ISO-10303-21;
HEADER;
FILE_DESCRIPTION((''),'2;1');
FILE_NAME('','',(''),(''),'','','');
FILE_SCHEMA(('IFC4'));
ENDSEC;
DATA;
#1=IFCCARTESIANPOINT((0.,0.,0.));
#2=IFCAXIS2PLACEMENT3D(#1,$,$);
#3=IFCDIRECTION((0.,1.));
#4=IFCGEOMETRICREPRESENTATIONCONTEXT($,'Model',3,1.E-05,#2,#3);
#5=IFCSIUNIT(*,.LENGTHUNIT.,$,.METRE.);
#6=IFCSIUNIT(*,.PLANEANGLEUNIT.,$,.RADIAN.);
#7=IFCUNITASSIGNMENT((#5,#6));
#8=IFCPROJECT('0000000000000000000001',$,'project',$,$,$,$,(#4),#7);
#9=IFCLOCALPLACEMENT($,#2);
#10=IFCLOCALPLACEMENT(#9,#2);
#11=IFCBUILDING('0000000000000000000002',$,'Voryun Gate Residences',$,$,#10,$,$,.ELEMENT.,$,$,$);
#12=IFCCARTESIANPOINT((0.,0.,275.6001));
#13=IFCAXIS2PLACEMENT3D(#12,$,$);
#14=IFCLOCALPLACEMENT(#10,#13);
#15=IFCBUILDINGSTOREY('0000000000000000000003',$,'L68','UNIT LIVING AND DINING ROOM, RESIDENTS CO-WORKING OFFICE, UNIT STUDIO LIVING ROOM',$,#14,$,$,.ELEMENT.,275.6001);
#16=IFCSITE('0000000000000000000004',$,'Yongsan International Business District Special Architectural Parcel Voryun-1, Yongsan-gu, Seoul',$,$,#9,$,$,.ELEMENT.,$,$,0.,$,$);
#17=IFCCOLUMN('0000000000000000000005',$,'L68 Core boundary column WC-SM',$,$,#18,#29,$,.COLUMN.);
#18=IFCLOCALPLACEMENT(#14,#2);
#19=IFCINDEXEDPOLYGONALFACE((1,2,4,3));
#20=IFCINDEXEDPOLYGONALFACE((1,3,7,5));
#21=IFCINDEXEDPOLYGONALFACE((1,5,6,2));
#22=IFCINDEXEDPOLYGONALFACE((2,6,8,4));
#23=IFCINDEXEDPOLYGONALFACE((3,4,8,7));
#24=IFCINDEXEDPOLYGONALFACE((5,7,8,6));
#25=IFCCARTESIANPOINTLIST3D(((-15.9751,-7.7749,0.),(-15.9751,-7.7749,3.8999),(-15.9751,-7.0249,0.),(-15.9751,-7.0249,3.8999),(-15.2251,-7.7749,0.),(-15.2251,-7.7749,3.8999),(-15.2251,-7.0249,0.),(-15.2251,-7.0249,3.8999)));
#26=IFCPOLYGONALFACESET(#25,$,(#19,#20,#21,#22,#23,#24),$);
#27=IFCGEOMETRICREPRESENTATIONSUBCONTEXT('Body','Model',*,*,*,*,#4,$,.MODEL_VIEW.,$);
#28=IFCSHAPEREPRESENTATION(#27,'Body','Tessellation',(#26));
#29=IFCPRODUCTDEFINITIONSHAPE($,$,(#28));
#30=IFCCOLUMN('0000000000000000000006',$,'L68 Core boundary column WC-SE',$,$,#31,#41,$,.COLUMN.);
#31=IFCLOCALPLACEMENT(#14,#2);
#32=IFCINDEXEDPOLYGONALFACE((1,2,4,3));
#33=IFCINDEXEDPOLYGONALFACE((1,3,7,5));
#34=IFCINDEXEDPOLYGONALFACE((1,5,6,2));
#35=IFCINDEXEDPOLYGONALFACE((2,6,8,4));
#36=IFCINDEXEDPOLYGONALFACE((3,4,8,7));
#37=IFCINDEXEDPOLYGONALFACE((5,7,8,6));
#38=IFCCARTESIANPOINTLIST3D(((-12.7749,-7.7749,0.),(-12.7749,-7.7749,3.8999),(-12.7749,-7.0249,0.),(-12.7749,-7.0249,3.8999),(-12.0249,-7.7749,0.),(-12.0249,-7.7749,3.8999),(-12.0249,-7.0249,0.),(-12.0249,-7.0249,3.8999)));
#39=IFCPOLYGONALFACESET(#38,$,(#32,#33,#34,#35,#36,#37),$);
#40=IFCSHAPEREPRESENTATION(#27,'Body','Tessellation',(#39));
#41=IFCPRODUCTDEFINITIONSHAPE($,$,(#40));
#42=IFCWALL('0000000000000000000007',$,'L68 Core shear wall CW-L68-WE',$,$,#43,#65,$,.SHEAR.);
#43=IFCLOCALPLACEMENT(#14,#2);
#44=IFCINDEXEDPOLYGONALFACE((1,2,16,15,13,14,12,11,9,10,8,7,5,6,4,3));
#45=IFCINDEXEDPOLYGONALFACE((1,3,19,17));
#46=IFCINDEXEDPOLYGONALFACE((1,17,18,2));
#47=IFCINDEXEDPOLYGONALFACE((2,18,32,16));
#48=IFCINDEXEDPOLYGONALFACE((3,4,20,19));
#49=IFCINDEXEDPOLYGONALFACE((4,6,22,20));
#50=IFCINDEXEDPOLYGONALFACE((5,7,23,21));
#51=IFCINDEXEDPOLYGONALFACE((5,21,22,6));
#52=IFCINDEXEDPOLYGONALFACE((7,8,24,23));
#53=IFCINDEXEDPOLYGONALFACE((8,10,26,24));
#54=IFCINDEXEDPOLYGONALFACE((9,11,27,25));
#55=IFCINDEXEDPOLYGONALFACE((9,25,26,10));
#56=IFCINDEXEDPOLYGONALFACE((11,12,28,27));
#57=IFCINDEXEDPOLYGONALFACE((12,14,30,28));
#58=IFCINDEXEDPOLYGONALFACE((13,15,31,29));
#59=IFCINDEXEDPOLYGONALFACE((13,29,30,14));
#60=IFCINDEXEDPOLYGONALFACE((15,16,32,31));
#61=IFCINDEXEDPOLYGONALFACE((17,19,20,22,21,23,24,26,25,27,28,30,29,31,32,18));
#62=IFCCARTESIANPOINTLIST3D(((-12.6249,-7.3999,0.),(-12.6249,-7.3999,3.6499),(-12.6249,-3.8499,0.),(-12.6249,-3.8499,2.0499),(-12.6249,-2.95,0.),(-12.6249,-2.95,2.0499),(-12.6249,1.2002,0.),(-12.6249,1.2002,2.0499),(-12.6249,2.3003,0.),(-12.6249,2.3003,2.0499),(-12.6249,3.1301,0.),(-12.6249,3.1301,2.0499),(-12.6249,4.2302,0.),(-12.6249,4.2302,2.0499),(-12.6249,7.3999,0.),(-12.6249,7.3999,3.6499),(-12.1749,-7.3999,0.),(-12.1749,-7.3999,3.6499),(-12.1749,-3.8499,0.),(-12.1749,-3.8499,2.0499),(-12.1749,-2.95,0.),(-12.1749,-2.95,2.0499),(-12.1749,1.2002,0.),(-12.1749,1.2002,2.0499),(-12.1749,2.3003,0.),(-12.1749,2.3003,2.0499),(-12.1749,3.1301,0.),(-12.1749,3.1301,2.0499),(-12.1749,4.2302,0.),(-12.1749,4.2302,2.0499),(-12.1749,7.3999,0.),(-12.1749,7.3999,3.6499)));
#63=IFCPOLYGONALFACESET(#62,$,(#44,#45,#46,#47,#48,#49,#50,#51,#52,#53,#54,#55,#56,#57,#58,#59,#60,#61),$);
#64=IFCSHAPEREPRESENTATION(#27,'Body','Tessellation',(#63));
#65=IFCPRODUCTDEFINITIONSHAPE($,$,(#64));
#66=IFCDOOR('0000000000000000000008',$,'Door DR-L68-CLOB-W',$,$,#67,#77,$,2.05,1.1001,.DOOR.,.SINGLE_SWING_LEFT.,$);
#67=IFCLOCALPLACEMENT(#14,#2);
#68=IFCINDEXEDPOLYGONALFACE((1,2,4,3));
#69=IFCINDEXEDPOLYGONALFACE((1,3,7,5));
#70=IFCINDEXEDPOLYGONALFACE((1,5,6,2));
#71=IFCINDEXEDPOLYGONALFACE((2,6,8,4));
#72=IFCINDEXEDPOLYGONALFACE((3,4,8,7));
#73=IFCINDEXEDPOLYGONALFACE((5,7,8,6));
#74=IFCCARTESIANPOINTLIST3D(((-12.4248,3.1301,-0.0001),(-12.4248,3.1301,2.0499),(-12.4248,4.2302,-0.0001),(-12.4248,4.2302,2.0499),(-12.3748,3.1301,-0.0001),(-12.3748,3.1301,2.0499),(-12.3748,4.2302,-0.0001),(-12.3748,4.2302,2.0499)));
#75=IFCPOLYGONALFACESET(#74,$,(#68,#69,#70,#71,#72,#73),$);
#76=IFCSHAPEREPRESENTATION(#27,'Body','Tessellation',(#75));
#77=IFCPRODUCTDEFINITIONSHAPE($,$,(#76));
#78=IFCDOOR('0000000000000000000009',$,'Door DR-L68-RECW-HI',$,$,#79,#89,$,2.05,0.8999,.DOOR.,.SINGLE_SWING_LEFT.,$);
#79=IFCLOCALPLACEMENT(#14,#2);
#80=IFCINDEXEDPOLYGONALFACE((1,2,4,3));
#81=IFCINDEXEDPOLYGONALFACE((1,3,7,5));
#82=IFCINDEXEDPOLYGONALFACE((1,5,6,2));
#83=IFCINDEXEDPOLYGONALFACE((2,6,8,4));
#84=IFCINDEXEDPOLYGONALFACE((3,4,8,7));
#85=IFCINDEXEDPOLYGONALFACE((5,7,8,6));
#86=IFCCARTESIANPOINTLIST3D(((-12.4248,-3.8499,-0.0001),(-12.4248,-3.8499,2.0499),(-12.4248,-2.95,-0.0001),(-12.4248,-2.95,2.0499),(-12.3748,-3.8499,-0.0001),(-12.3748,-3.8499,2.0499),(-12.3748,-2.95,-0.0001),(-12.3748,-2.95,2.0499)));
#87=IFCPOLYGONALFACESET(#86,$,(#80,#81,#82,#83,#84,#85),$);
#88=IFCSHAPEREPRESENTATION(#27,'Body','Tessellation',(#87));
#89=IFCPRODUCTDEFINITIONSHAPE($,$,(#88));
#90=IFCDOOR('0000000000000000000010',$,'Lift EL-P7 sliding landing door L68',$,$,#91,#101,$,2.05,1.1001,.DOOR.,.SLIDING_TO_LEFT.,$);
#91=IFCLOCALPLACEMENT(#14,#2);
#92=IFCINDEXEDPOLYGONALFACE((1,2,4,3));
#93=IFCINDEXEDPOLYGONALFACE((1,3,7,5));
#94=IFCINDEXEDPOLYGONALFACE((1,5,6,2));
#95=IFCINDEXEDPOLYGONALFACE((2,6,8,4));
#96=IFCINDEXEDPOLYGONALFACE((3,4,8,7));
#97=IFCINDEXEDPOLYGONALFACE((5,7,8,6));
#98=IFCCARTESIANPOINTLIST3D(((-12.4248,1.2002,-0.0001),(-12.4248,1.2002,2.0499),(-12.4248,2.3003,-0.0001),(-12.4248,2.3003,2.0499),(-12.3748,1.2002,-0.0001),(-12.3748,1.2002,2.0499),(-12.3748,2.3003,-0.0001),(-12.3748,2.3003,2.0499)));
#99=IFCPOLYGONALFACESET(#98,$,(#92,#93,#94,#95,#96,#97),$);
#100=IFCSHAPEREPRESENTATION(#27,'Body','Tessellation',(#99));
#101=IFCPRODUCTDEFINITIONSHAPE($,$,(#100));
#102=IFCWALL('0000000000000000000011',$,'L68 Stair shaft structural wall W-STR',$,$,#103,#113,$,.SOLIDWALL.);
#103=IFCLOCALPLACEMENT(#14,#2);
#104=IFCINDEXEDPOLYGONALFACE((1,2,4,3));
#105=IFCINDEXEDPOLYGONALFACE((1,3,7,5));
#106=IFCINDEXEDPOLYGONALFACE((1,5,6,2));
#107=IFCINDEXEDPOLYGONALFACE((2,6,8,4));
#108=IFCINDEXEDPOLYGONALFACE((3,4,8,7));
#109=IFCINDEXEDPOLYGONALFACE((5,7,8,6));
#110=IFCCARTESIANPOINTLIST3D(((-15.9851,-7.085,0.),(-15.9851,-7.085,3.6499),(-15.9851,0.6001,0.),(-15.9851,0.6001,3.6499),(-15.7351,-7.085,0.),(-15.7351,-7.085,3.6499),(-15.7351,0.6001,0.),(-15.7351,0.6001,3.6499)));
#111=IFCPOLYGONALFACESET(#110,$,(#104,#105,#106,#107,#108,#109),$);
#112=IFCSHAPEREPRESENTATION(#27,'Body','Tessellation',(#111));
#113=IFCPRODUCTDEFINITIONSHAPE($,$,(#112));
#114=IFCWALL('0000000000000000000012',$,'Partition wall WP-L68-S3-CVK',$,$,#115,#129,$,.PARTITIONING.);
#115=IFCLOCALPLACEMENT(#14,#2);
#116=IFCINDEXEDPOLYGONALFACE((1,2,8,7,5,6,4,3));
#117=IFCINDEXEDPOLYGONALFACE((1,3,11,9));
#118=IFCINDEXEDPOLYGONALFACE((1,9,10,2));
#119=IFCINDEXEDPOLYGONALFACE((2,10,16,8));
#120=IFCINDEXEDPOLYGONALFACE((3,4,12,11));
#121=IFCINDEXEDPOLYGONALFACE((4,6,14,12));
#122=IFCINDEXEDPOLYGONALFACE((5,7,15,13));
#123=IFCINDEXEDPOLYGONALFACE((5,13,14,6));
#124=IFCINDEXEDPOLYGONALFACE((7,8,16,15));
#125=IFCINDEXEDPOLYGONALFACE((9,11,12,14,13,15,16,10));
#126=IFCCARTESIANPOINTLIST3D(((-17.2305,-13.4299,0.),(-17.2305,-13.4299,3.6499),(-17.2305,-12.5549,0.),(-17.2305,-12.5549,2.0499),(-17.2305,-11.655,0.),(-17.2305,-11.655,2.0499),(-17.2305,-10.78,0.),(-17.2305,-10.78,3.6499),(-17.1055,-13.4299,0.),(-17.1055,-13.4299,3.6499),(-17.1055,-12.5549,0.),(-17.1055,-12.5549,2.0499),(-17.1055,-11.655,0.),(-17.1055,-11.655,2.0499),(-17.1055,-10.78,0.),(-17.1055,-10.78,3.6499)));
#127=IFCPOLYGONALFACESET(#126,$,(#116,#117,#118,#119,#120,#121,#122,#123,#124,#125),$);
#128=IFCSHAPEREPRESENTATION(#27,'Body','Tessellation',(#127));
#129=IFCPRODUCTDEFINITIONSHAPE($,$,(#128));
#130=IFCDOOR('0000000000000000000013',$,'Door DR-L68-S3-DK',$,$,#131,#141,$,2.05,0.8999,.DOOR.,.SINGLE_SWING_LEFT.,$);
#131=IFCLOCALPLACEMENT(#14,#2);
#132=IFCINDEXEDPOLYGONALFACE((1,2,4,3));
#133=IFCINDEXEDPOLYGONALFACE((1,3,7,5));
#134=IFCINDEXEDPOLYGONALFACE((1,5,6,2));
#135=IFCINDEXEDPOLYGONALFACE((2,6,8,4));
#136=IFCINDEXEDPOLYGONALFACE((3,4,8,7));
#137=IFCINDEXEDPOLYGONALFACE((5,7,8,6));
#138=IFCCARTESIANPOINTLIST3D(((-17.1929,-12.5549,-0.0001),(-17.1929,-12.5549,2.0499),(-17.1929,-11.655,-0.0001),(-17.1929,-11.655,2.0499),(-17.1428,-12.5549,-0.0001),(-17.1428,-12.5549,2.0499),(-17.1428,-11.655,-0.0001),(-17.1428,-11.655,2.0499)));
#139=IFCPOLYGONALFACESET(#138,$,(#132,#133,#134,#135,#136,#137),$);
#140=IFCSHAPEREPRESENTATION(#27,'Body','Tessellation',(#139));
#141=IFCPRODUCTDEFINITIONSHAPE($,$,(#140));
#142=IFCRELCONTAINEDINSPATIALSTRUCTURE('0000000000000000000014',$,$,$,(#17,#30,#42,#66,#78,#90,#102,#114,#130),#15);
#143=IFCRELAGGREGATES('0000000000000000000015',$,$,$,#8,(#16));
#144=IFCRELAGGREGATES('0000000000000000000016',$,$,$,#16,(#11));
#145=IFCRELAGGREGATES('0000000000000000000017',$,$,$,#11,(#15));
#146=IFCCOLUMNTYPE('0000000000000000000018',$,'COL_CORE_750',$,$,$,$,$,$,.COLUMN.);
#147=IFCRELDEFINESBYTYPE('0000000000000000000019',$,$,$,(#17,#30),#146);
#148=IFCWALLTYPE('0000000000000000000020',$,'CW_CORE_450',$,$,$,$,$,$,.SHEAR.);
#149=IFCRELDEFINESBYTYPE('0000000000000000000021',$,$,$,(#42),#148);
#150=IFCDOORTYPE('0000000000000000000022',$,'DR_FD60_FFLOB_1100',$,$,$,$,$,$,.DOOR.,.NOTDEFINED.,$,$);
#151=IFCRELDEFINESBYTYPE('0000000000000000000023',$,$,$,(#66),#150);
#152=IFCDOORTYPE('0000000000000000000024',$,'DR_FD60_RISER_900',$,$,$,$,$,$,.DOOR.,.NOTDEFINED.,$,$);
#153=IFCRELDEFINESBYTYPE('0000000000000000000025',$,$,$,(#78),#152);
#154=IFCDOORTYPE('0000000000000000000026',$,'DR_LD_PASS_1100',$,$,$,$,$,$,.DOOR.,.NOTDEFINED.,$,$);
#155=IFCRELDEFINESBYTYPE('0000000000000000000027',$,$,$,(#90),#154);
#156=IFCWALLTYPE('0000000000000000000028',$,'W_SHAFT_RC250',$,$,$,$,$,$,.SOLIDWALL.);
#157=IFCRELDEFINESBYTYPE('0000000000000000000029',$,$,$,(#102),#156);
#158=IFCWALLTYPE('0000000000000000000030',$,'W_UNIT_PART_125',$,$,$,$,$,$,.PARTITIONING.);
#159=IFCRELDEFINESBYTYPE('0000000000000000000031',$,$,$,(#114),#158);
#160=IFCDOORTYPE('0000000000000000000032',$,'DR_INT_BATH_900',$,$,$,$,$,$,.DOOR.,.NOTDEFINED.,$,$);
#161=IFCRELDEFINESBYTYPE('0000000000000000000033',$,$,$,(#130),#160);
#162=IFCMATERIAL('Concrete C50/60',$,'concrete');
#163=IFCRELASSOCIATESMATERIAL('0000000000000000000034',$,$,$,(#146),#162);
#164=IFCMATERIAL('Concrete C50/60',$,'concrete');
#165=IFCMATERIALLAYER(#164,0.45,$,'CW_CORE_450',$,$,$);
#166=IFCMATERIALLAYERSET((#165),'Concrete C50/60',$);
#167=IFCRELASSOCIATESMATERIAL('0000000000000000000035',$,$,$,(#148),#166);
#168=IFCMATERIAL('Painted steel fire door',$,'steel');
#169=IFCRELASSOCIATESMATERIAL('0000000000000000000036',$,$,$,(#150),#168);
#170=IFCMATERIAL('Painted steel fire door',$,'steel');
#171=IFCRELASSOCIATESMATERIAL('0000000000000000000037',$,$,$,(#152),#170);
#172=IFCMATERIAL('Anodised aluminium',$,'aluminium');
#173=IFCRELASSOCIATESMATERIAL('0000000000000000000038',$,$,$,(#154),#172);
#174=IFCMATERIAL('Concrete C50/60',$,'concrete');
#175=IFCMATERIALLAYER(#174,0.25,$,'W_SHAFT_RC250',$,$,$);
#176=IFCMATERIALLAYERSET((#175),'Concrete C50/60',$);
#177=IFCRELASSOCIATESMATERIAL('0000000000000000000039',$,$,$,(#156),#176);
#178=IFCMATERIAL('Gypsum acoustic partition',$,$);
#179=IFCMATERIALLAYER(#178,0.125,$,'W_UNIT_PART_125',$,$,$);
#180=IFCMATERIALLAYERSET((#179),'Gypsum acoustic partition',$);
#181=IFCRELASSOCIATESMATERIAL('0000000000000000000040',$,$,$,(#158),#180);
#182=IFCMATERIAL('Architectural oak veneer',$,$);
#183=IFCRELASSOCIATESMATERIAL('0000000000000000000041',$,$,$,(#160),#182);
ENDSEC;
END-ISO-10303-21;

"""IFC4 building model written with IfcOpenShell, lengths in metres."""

from ifc_helpers import new_model, si_unit, direction, frame, frame_2d, origin, origin_2d, place, context, subcontext, project, spatial, rectangle, extrude, material, layer, layer_set, material_profile, profile_set, type_object, element, fill, save


model = new_model("IFC4")

# Units and contexts
model_context = context("Model", 3, precision=1e-05, world=origin(), true_north=direction((0.0, 1.0)))
body_context = subcontext(model_context, "Body", "Model", "MODEL_VIEW")
ifc_project = project(units=[si_unit("LENGTHUNIT", "METRE"), si_unit("PLANEANGLEUNIT", "RADIAN")], contexts=[model_context])

# Site, building, storey
site_placement = place(None, origin())
site = spatial("IfcSite", under=ifc_project, at=site_placement, Name="Yongsan International Business District Special Architectural Parcel Voryun-1, Yongsan-gu, Seoul", CompositionType="ELEMENT", RefElevation=0.0)
building_placement = place(site_placement, origin())
building = spatial("IfcBuilding", under=site, at=building_placement, Name="Voryun Gate Residences", CompositionType="ELEMENT")
storey_placement = place(building_placement, frame((0.0, 0.0, 275.6001)))
storey = spatial("IfcBuildingStorey", under=building, at=storey_placement, Name="L68", Description="UNIT LIVING AND DINING ROOM, RESIDENTS CO-WORKING OFFICE, UNIT STUDIO LIVING ROOM", CompositionType="ELEMENT", Elevation=275.6001)

# Columns
ifc_material_1 = material(Name="Concrete C50/60", Category="concrete")
ifc_material_profile = material_profile(ifc_material_1, rectangle(XDim=0.75, YDim=0.75, at=origin_2d()), Name="RC-750x750")
ifc_profile_set = profile_set([ifc_material_profile], Name="Concrete C50/60")
column_type = type_object("IfcColumnType", Name="COL_CORE_750", PredefinedType="COLUMN", material=ifc_profile_set)
for number, where, z_axis, x_axis, name in (
    (1, (-15.6001, -7.3999, 0.0), (0.0, 0.0, 1.0), (1.0, 0.0, 0.0), "L68 Core boundary column WC-SM"),
    (2, (-12.3999, -7.3999, 0.0), (0.0, 0.0, 1.0), (1.0, 0.0, 0.0), "L68 Core boundary column WC-SE"),
):
    element("IfcColumn", number, at=place(storey_placement, frame(where, z_axis=z_axis, x_axis=x_axis)), inside=storey, type_object=column_type, Name=name, PredefinedType="COLUMN", context=body_context, shape_type="SweptSolid", body=[
        extrude(rectangle(XDim=0.75, YDim=0.75, at=origin_2d()), origin(), (0.0, 0.0, 1.0), 3.8999),
    ])

# Wall, openings, doors
ifc_material_2 = material(Name="Concrete C50/60", Category="concrete")
ifc_layer_1 = layer(ifc_material_2, 0.45, Name="CW_CORE_450")
ifc_layer_set_1 = layer_set([ifc_layer_1], Name="Concrete C50/60")
wall_type_1 = type_object("IfcWallType", Name="CW_CORE_450", PredefinedType="SHEAR", material=ifc_layer_set_1)
wall_1_placement = place(storey_placement, frame((-12.3999, -7.3999, 0.0), z_axis=(0.0, 0.0, 1.0), x_axis=(0.0, 1.0, 0.0)))
wall_1 = element("IfcWall", 3, at=wall_1_placement, inside=storey, type_object=wall_type_1, Name="L68 Core shear wall CW-L68-WE", PredefinedType="SHEAR", context=body_context, shape_type="SweptSolid", body=[
    extrude(rectangle(XDim=14.7998, YDim=0.45, at=frame_2d((7.3999, 0.0))), origin(), (0.0, 0.0, 1.0), 3.6499),
])
opening_1_placement = place(wall_1_placement, frame((8.6001, 0.0, 0.0)))
opening_1 = element("IfcOpeningElement", 4, at=opening_1_placement, cuts=wall_1, PredefinedType="OPENING", context=body_context, shape_type="SweptSolid", body=[
    extrude(rectangle(XDim=1.1001, YDim=2.05, at=frame_2d((0.55, 1.0249))), frame((0.0, 0.2351, 0.0), z_axis=(0.0, -1.0, 0.0), x_axis=(1.0, 0.0, 0.0)), (0.0, 0.0, 1.0), 0.47),
])
opening_2_placement = place(wall_1_placement, frame((10.53, 0.0, 0.0)))
opening_2 = element("IfcOpeningElement", 5, at=opening_2_placement, cuts=wall_1, PredefinedType="OPENING", context=body_context, shape_type="SweptSolid", body=[
    extrude(rectangle(XDim=1.1001, YDim=2.05, at=frame_2d((0.55, 1.0249))), frame((0.0, 0.2351, 0.0), z_axis=(0.0, -1.0, 0.0), x_axis=(1.0, 0.0, 0.0)), (0.0, 0.0, 1.0), 0.47),
])
opening_3_placement = place(wall_1_placement, frame((3.55, 0.0, 0.0)))
opening_3 = element("IfcOpeningElement", 6, at=opening_3_placement, cuts=wall_1, PredefinedType="OPENING", context=body_context, shape_type="SweptSolid", body=[
    extrude(rectangle(XDim=0.8999, YDim=2.05, at=frame_2d((0.45, 1.0249))), frame((0.0, 0.2351, 0.0), z_axis=(0.0, -1.0, 0.0), x_axis=(1.0, 0.0, 0.0)), (0.0, 0.0, 1.0), 0.47),
])
ifc_material_3 = material(Name="Painted steel fire door", Category="steel")
door_type_1 = type_object("IfcDoorType", Name="DR_FD60_FFLOB_1100", OperationType="NOTDEFINED", PredefinedType="DOOR", material=ifc_material_3)
door_1_placement = place(opening_2_placement, origin())
door_1 = element("IfcDoor", 7, at=door_1_placement, inside=storey, type_object=door_type_1, Name="Door DR-L68-CLOB-W", OperationType="SINGLE_SWING_LEFT", OverallHeight=2.05, OverallWidth=1.1001, PredefinedType="DOOR", context=body_context, shape_type="SweptSolid", body=[
    extrude(rectangle(XDim=1.1001, YDim=2.05, at=frame_2d((0.55, 1.0249))), frame((0.0, 0.0249, 0.0), z_axis=(0.0, -1.0, 0.0), x_axis=(1.0, 0.0, 0.0)), (0.0, 0.0, 1.0), 0.05),
])
fill(opening_2, door_1)
ifc_material_4 = material(Name="Painted steel fire door", Category="steel")
door_type_2 = type_object("IfcDoorType", Name="DR_FD60_RISER_900", OperationType="NOTDEFINED", PredefinedType="DOOR", material=ifc_material_4)
door_2_placement = place(opening_3_placement, origin())
door_2 = element("IfcDoor", 8, at=door_2_placement, inside=storey, type_object=door_type_2, Name="Door DR-L68-RECW-HI", OperationType="SINGLE_SWING_LEFT", OverallHeight=2.05, OverallWidth=0.8999, PredefinedType="DOOR", context=body_context, shape_type="SweptSolid", body=[
    extrude(rectangle(XDim=0.8999, YDim=2.05, at=frame_2d((0.45, 1.0249))), frame((0.0, 0.0249, 0.0), z_axis=(0.0, -1.0, 0.0), x_axis=(1.0, 0.0, 0.0)), (0.0, 0.0, 1.0), 0.05),
])
fill(opening_3, door_2)
ifc_material_5 = material(Name="Anodised aluminium", Category="aluminium")
door_type_3 = type_object("IfcDoorType", Name="DR_LD_PASS_1100", OperationType="NOTDEFINED", PredefinedType="DOOR", material=ifc_material_5)
door_3_placement = place(opening_1_placement, origin())
door_3 = element("IfcDoor", 9, at=door_3_placement, inside=storey, type_object=door_type_3, Name="Lift EL-P7 sliding landing door L68", OperationType="SLIDING_TO_LEFT", OverallHeight=2.05, OverallWidth=1.1001, PredefinedType="DOOR", context=body_context, shape_type="SweptSolid", body=[
    extrude(rectangle(XDim=1.1001, YDim=2.05, at=frame_2d((0.55, 1.0249))), frame((0.0, 0.0249, 0.0), z_axis=(0.0, -1.0, 0.0), x_axis=(1.0, 0.0, 0.0)), (0.0, 0.0, 1.0), 0.05),
])
fill(opening_1, door_3)

# Wall
ifc_material_6 = material(Name="Concrete C50/60", Category="concrete")
ifc_layer_2 = layer(ifc_material_6, 0.25, Name="W_SHAFT_RC250")
ifc_layer_set_2 = layer_set([ifc_layer_2], Name="Concrete C50/60")
wall_type_2 = type_object("IfcWallType", Name="W_SHAFT_RC250", PredefinedType="SOLIDWALL", material=ifc_layer_set_2)
wall_2_placement = place(storey_placement, frame((-15.8601, -7.085, 0.0), z_axis=(0.0, 0.0, 1.0), x_axis=(0.0, 1.0, 0.0)))
element("IfcWall", 10, at=wall_2_placement, inside=storey, type_object=wall_type_2, Name="L68 Stair shaft structural wall W-STR", PredefinedType="SOLIDWALL", context=body_context, shape_type="SweptSolid", body=[
    extrude(rectangle(XDim=7.6851, YDim=0.25, at=frame_2d((3.8425, 0.0))), origin(), (0.0, 0.0, 1.0), 3.6499),
])

# Wall, opening, door
ifc_material_7 = material(Name="Gypsum acoustic partition")
ifc_layer_3 = layer(ifc_material_7, 0.125, Name="W_UNIT_PART_125")
ifc_layer_set_3 = layer_set([ifc_layer_3], Name="Gypsum acoustic partition")
wall_type_3 = type_object("IfcWallType", Name="W_UNIT_PART_125", PredefinedType="PARTITIONING", material=ifc_layer_set_3)
wall_3_placement = place(storey_placement, frame((-17.168, -13.4299, 0.0), z_axis=(0.0, 0.0, 1.0), x_axis=(0.0, 1.0, 0.0)))
wall_3 = element("IfcWall", 11, at=wall_3_placement, inside=storey, type_object=wall_type_3, Name="Partition wall WP-L68-S3-CVK", PredefinedType="PARTITIONING", context=body_context, shape_type="SweptSolid", body=[
    extrude(rectangle(XDim=2.6499, YDim=0.125, at=frame_2d((1.325, 0.0))), origin(), (0.0, 0.0, 1.0), 3.6499),
])
opening_4_placement = place(wall_3_placement, frame((0.875, 0.0, 0.0)))
opening_4 = element("IfcOpeningElement", 12, at=opening_4_placement, cuts=wall_3, PredefinedType="OPENING", context=body_context, shape_type="SweptSolid", body=[
    extrude(rectangle(XDim=0.8999, YDim=2.05, at=frame_2d((0.45, 1.0249))), frame((0.0, 0.0725, 0.0), z_axis=(0.0, -1.0, 0.0), x_axis=(1.0, 0.0, 0.0)), (0.0, 0.0, 1.0), 0.145),
])
ifc_material_8 = material(Name="Architectural oak veneer")
door_type_4 = type_object("IfcDoorType", Name="DR_INT_BATH_900", OperationType="NOTDEFINED", PredefinedType="DOOR", material=ifc_material_8)
door_4_placement = place(opening_4_placement, origin())
door_4 = element("IfcDoor", 13, at=door_4_placement, inside=storey, type_object=door_type_4, Name="Door DR-L68-S3-DK", OperationType="SINGLE_SWING_LEFT", OverallHeight=2.05, OverallWidth=0.8999, PredefinedType="DOOR", context=body_context, shape_type="SweptSolid", body=[
    extrude(rectangle(XDim=0.8999, YDim=2.05, at=frame_2d((0.45, 1.0249))), frame((0.0, 0.0249, 0.0), z_axis=(0.0, -1.0, 0.0), x_axis=(1.0, 0.0, 0.0)), (0.0, 0.0, 1.0), 0.05),
])
fill(opening_4, door_4)

save(model, "model.ifc")
